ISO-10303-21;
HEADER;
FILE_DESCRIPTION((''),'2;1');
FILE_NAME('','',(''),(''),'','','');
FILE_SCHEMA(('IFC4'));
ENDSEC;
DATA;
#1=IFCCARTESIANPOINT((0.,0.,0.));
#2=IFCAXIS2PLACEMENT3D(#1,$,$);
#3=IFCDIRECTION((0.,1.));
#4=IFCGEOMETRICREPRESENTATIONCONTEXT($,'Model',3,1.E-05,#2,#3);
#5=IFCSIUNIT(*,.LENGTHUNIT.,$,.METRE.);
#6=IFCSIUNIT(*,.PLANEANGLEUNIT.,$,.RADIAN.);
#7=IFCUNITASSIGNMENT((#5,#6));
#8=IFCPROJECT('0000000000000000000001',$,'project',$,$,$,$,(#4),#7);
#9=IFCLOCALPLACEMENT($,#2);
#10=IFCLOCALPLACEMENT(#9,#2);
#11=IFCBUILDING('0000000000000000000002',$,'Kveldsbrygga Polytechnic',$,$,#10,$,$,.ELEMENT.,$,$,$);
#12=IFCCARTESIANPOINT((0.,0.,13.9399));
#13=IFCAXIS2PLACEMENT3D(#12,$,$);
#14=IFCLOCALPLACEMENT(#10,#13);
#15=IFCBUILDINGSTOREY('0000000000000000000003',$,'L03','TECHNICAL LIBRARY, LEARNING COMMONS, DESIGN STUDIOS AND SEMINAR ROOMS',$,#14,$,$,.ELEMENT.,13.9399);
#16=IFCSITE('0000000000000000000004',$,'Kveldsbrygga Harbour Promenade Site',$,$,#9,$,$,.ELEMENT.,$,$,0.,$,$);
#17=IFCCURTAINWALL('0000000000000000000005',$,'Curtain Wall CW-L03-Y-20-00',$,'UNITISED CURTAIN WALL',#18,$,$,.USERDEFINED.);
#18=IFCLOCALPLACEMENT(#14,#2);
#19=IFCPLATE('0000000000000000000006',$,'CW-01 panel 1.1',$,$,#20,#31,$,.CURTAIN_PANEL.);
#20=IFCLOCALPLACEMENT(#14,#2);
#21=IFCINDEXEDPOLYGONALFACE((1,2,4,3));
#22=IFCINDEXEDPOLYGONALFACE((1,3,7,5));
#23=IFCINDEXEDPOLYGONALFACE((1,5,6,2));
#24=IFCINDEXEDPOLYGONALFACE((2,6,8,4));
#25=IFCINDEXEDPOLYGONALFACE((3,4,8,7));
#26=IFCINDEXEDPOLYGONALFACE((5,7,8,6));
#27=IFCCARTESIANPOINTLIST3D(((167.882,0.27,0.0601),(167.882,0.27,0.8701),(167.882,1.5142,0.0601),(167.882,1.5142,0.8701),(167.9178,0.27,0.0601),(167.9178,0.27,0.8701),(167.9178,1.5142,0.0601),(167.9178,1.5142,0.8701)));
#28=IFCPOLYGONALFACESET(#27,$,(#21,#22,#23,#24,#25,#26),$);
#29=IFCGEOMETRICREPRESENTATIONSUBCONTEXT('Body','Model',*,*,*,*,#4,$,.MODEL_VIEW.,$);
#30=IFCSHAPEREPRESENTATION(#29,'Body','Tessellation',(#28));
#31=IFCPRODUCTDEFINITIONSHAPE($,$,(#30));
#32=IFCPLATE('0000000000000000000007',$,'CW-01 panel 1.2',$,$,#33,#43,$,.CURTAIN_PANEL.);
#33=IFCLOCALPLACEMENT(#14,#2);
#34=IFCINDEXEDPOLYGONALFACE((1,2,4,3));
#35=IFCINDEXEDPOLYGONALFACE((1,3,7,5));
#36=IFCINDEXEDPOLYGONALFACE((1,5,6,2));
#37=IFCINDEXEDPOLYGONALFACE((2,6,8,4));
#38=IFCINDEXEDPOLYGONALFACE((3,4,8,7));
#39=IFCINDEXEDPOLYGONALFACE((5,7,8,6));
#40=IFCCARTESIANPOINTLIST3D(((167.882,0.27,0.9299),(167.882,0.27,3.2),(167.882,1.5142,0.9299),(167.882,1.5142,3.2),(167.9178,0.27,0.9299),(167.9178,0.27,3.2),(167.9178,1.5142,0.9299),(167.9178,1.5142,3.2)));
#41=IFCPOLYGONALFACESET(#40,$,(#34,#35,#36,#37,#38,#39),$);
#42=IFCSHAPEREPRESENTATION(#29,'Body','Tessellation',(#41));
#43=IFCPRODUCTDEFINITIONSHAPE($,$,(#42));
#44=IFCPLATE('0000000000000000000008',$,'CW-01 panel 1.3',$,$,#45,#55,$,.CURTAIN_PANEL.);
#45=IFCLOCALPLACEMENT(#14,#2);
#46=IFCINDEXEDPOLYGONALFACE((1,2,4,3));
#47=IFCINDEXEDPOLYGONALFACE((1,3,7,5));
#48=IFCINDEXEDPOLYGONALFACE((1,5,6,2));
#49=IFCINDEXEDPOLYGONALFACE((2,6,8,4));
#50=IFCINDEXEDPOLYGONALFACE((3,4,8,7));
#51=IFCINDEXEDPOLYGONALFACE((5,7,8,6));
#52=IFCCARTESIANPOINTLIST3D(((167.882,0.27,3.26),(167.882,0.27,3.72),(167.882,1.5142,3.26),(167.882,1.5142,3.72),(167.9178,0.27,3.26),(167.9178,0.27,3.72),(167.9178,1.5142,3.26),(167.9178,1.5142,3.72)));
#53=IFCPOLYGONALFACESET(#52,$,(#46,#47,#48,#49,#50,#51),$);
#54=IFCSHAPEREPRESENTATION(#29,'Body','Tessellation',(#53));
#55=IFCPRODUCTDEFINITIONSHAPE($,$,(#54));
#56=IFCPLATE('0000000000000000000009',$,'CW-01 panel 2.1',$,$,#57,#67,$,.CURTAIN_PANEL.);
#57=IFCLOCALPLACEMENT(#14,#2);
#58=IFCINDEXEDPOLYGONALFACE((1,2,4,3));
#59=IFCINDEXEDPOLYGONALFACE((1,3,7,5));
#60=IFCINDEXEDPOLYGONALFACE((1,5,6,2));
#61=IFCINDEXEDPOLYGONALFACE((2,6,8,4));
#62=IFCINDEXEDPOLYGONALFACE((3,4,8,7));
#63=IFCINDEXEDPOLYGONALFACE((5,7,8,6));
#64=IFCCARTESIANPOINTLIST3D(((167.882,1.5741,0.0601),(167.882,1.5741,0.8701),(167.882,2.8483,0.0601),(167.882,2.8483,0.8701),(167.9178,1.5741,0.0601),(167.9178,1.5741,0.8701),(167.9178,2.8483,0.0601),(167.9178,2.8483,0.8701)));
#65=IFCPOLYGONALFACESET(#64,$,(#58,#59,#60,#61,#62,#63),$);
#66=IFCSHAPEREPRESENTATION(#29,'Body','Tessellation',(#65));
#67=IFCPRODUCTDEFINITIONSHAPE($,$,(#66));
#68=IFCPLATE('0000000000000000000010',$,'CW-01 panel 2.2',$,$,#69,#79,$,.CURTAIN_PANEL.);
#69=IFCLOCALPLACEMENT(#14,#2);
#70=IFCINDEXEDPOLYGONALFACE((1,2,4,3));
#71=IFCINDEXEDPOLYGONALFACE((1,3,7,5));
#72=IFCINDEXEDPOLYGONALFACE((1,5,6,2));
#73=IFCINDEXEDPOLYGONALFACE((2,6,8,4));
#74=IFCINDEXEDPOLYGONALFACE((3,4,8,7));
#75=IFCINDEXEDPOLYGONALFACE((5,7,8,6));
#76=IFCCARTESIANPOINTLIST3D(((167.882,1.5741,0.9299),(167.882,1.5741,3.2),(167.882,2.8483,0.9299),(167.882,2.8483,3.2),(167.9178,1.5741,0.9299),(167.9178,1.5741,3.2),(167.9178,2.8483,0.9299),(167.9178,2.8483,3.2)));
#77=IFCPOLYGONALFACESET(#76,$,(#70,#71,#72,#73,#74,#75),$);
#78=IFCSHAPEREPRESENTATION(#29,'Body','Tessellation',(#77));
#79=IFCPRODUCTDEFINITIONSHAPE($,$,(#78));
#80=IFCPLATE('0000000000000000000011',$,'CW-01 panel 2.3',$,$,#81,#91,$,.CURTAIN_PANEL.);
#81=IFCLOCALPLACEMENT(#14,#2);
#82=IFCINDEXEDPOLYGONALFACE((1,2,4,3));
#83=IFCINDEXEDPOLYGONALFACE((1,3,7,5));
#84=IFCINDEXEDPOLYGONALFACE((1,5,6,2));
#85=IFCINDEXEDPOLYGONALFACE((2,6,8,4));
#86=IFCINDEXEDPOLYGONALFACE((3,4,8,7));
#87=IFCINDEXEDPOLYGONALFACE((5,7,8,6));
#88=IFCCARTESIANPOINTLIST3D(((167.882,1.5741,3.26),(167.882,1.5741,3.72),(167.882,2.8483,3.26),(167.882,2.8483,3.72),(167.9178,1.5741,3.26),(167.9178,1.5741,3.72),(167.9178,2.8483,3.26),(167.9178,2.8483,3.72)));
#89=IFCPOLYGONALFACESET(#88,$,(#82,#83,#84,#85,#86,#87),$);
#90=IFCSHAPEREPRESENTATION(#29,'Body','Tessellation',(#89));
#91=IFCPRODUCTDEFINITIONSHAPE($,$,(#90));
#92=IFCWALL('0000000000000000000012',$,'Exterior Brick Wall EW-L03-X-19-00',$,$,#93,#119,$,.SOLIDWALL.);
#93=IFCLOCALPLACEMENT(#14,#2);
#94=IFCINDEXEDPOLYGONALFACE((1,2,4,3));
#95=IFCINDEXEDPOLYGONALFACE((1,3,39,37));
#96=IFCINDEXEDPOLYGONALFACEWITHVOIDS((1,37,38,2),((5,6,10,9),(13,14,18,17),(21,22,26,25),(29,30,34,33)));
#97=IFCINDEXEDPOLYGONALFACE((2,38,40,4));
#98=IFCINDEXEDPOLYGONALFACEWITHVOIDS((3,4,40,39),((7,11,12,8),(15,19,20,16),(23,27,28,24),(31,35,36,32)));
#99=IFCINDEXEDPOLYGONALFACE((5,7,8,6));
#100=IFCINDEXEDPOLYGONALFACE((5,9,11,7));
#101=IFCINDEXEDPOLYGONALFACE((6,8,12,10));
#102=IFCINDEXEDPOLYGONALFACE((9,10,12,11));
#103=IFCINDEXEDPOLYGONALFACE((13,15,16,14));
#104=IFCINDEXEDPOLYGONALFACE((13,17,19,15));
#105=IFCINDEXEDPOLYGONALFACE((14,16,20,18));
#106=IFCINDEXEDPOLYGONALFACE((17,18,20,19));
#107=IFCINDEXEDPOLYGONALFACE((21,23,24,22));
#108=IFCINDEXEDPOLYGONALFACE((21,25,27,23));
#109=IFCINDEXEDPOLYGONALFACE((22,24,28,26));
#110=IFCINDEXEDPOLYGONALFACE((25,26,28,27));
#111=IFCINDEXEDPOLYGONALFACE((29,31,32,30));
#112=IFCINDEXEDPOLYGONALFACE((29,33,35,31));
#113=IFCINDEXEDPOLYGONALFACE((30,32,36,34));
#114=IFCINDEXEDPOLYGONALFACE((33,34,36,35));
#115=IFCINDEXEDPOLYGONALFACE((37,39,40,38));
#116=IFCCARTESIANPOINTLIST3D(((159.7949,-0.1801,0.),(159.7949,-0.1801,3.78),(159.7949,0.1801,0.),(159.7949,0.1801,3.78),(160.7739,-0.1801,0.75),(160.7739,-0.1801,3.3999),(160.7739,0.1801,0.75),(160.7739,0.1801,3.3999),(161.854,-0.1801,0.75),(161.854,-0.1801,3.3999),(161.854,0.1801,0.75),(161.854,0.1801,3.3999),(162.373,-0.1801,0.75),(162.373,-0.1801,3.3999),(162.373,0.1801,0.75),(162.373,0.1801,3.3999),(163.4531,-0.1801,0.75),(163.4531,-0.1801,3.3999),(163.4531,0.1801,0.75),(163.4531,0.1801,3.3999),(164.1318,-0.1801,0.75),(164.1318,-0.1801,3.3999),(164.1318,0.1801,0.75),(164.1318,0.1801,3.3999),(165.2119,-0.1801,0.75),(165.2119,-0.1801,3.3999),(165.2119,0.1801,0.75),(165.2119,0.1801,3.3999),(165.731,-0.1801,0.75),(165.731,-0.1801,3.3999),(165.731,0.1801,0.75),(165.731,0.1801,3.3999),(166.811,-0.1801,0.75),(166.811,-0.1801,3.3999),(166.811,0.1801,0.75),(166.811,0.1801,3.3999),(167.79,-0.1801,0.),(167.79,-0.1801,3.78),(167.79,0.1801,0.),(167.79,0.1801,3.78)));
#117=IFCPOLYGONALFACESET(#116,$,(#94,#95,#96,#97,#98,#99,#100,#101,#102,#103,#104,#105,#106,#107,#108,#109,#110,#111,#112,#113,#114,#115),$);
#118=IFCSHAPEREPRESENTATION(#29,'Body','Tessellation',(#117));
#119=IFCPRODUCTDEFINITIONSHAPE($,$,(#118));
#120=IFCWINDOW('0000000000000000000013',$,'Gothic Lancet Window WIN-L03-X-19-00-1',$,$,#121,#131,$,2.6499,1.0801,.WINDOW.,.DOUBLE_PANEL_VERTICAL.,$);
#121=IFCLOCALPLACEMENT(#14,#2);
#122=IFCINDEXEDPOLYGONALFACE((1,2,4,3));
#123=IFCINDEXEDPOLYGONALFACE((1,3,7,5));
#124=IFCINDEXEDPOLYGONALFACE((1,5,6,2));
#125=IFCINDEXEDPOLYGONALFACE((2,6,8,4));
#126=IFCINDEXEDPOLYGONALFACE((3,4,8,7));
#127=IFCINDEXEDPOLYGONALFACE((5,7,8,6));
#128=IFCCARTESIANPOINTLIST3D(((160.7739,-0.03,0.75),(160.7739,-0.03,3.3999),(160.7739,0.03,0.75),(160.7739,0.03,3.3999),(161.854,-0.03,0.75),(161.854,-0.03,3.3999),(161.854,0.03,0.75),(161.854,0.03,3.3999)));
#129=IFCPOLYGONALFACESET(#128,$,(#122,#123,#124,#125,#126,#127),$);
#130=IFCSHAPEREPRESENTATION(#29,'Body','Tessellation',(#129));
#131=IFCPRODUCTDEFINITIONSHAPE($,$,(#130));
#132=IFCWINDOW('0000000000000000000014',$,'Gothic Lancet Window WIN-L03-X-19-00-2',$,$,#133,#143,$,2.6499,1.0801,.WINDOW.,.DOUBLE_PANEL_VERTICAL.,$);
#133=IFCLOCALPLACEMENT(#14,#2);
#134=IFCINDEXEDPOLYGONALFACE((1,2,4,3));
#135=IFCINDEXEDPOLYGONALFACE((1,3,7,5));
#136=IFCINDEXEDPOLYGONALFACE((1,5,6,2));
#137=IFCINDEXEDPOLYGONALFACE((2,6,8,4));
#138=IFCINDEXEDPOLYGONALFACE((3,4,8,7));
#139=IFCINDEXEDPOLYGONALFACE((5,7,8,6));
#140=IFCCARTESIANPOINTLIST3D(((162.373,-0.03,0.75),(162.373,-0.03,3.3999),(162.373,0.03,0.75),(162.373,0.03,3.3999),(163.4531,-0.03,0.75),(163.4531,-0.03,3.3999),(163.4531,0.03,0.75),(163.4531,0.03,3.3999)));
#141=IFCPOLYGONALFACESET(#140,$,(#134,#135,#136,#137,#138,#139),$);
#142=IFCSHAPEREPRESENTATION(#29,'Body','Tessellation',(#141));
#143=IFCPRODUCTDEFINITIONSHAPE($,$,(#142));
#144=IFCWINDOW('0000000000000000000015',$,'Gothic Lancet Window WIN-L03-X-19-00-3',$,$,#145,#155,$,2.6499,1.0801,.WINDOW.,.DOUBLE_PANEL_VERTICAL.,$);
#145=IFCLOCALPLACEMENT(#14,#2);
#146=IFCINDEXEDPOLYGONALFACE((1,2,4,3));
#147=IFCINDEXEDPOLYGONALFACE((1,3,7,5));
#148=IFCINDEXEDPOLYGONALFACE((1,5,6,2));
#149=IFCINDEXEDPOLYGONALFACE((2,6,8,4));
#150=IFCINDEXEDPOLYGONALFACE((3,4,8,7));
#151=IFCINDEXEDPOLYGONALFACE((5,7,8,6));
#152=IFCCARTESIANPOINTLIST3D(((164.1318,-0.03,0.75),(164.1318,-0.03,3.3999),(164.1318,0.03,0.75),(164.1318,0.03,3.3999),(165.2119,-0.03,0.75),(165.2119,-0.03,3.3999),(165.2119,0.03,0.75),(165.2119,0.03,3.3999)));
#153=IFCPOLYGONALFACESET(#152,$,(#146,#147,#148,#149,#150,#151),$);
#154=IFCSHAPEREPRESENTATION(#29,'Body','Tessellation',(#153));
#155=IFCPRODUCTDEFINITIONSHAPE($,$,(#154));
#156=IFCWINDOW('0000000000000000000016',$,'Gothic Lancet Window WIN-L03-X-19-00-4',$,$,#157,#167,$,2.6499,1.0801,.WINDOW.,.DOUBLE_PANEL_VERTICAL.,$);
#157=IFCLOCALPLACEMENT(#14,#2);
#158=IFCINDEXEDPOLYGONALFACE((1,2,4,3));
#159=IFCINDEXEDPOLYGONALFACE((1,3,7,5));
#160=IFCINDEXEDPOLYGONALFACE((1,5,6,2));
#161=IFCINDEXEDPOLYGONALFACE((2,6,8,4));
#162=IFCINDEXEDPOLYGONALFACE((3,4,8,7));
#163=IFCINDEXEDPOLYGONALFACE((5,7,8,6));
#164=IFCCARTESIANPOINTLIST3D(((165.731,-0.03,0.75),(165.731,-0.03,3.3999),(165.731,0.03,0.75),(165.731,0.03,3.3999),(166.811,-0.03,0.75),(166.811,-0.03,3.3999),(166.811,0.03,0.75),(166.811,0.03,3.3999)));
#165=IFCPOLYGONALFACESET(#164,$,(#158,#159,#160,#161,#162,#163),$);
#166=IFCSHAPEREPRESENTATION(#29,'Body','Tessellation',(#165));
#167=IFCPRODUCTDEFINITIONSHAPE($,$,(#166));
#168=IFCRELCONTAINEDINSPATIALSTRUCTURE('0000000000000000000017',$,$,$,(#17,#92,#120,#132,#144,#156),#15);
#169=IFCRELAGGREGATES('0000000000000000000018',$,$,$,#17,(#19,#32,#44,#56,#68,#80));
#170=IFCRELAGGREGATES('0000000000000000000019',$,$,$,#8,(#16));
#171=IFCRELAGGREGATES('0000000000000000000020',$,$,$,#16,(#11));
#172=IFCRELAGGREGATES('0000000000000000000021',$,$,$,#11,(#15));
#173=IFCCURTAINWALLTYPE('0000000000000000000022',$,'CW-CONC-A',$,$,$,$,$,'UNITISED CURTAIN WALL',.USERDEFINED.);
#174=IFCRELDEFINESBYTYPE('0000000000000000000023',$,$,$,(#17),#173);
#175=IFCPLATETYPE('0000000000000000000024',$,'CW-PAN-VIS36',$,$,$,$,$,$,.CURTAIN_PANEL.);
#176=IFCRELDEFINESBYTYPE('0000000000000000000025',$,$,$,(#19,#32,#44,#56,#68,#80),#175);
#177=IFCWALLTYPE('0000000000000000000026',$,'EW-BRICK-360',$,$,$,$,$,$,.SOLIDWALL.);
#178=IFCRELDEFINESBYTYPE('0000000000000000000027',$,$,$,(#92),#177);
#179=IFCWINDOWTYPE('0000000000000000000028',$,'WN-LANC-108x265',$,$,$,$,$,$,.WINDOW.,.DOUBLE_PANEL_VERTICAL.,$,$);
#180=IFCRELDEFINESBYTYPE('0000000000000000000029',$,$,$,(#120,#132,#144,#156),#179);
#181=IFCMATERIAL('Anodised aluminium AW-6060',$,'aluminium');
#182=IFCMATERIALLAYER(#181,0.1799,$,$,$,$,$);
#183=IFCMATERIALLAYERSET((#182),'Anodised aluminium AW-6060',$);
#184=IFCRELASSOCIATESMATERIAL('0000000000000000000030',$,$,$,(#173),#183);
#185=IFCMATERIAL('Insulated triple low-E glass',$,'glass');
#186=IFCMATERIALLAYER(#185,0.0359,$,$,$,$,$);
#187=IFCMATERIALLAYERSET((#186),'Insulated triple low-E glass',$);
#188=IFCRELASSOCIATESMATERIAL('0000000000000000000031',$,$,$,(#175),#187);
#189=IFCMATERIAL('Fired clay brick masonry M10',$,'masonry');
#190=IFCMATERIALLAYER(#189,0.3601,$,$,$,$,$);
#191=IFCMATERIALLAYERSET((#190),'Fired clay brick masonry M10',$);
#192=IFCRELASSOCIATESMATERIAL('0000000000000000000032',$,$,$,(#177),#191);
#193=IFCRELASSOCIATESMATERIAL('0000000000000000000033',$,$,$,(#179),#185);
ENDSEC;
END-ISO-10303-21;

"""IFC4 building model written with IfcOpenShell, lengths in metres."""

from ifc_helpers import new_model, si_unit, direction, frame, frame_2d, origin, origin_2d, place, context, subcontext, project, spatial, rectangle, extrude, material, layer, layer_set, type_object, element, fill, aggregate, save


model = new_model("IFC4")

# Units and contexts
model_context = context("Model", 3, precision=1e-05, world=origin(), true_north=direction((0.0, 1.0)))
body_context = subcontext(model_context, "Body", "Model", "MODEL_VIEW")
ifc_project = project(units=[si_unit("LENGTHUNIT", "METRE"), si_unit("PLANEANGLEUNIT", "RADIAN")], contexts=[model_context])

# Site, building, storey
site_placement = place(None, origin())
site = spatial("IfcSite", under=ifc_project, at=site_placement, Name="Kveldsbrygga Harbour Promenade Site", CompositionType="ELEMENT", RefElevation=0.0)
building_placement = place(site_placement, origin())
building = spatial("IfcBuilding", under=site, at=building_placement, Name="Kveldsbrygga Polytechnic", CompositionType="ELEMENT")
storey_placement = place(building_placement, frame((0.0, 0.0, 13.9399)))
storey = spatial("IfcBuildingStorey", under=building, at=storey_placement, Name="L03", Description="TECHNICAL LIBRARY, LEARNING COMMONS, DESIGN STUDIOS AND SEMINAR ROOMS", CompositionType="ELEMENT", Elevation=13.9399)

# Curtain wall
ifc_material_1 = material(Name="Anodised aluminium AW-6060", Category="aluminium")
ifc_layer_1 = layer(ifc_material_1, 0.1799)
ifc_layer_set_1 = layer_set([ifc_layer_1], Name="Anodised aluminium AW-6060")
curtain_wall_type = type_object("IfcCurtainWallType", Name="CW-CONC-A", ElementType="UNITISED CURTAIN WALL", PredefinedType="USERDEFINED", material=ifc_layer_set_1)
curtain_wall_placement = place(storey_placement, origin())
curtain_wall = element("IfcCurtainWall", 1, at=curtain_wall_placement, inside=storey, type_object=curtain_wall_type, Name="Curtain Wall CW-L03-Y-20-00", ObjectType="UNITISED CURTAIN WALL", PredefinedType="USERDEFINED")

# Plates
ifc_material_2 = material(Name="Insulated triple low-E glass", Category="glass")
ifc_layer_2 = layer(ifc_material_2, 0.0359)
ifc_layer_set_2 = layer_set([ifc_layer_2], Name="Insulated triple low-E glass")
plate_type = type_object("IfcPlateType", Name="CW-PAN-VIS36", PredefinedType="CURTAIN_PANEL", material=ifc_layer_set_2)
plate_1_placement = place(storey_placement, frame((167.8999, 0.8921, 0.0601), z_axis=(0.0, 0.0, 1.0), x_axis=(0.0, 1.0, 0.0)))
plate_1 = element("IfcPlate", 2, at=plate_1_placement, type_object=plate_type, Name="CW-01 panel 1.1", PredefinedType="CURTAIN_PANEL", context=body_context, shape_type="SweptSolid", body=[
    extrude(rectangle(XDim=1.2441, YDim=0.0359, at=origin_2d()), origin(), (0.0, 0.0, 1.0), 0.8101),
])
plate_2_placement = place(storey_placement, frame((167.8999, 0.8921, 0.9299), z_axis=(0.0, 0.0, 1.0), x_axis=(0.0, 1.0, 0.0)))
plate_2 = element("IfcPlate", 3, at=plate_2_placement, type_object=plate_type, Name="CW-01 panel 1.2", PredefinedType="CURTAIN_PANEL", context=body_context, shape_type="SweptSolid", body=[
    extrude(rectangle(XDim=1.2441, YDim=0.0359, at=origin_2d()), origin(), (0.0, 0.0, 1.0), 2.27),
])
plate_3_placement = place(storey_placement, frame((167.8999, 0.8921, 3.26), z_axis=(0.0, 0.0, 1.0), x_axis=(0.0, 1.0, 0.0)))
plate_3 = element("IfcPlate", 4, at=plate_3_placement, type_object=plate_type, Name="CW-01 panel 1.3", PredefinedType="CURTAIN_PANEL", context=body_context, shape_type="SweptSolid", body=[
    extrude(rectangle(XDim=1.2441, YDim=0.0359, at=origin_2d()), origin(), (0.0, 0.0, 1.0), 0.46),
])
plate_4_placement = place(storey_placement, frame((167.8999, 2.2112, 0.0601), z_axis=(0.0, 0.0, 1.0), x_axis=(0.0, 1.0, 0.0)))
plate_4 = element("IfcPlate", 5, at=plate_4_placement, type_object=plate_type, Name="CW-01 panel 2.1", PredefinedType="CURTAIN_PANEL", context=body_context, shape_type="SweptSolid", body=[
    extrude(rectangle(XDim=1.2742, YDim=0.0359, at=origin_2d()), origin(), (0.0, 0.0, 1.0), 0.8101),
])
plate_5_placement = place(storey_placement, frame((167.8999, 2.2112, 0.9299), z_axis=(0.0, 0.0, 1.0), x_axis=(0.0, 1.0, 0.0)))
plate_5 = element("IfcPlate", 6, at=plate_5_placement, type_object=plate_type, Name="CW-01 panel 2.2", PredefinedType="CURTAIN_PANEL", context=body_context, shape_type="SweptSolid", body=[
    extrude(rectangle(XDim=1.2742, YDim=0.0359, at=origin_2d()), origin(), (0.0, 0.0, 1.0), 2.27),
])
plate_6_placement = place(storey_placement, frame((167.8999, 2.2112, 3.26), z_axis=(0.0, 0.0, 1.0), x_axis=(0.0, 1.0, 0.0)))
plate_6 = element("IfcPlate", 7, at=plate_6_placement, type_object=plate_type, Name="CW-01 panel 2.3", PredefinedType="CURTAIN_PANEL", context=body_context, shape_type="SweptSolid", body=[
    extrude(rectangle(XDim=1.2742, YDim=0.0359, at=origin_2d()), origin(), (0.0, 0.0, 1.0), 0.46),
])
aggregate(curtain_wall, [plate_1, plate_2, plate_3, plate_4, plate_5, plate_6])

# Wall, openings, windows
ifc_material_3 = material(Name="Fired clay brick masonry M10", Category="masonry")
ifc_layer_3 = layer(ifc_material_3, 0.3601)
ifc_layer_set_3 = layer_set([ifc_layer_3], Name="Fired clay brick masonry M10")
wall_type = type_object("IfcWallType", Name="EW-BRICK-360", PredefinedType="SOLIDWALL", material=ifc_layer_set_3)
wall_placement = place(storey_placement, frame((159.7949, 0.0, 0.0), z_axis=(0.0, 0.0, 1.0), x_axis=(1.0, 0.0, 0.0)))
wall = element("IfcWall", 8, at=wall_placement, inside=storey, type_object=wall_type, Name="Exterior Brick Wall EW-L03-X-19-00", PredefinedType="SOLIDWALL", context=body_context, shape_type="SweptSolid", body=[
    extrude(rectangle(XDim=7.9951, YDim=0.3601, at=frame_2d((3.9976, 0.0))), origin(), (0.0, 0.0, 1.0), 3.78),
])
opening_1_placement = place(wall_placement, frame((0.979, 0.0, 0.75)))
opening_1 = element("IfcOpeningElement", 9, at=opening_1_placement, cuts=wall, PredefinedType="OPENING", context=body_context, shape_type="SweptSolid", body=[
    extrude(rectangle(XDim=1.0801, YDim=2.6499, at=frame_2d((0.54, 1.325))), frame((0.0, 0.1899, 0.0), z_axis=(0.0, -1.0, 0.0), x_axis=(1.0, 0.0, 0.0)), (0.0, 0.0, 1.0), 0.3801),
])
opening_2_placement = place(wall_placement, frame((2.5781, 0.0, 0.75)))
opening_2 = element("IfcOpeningElement", 10, at=opening_2_placement, cuts=wall, PredefinedType="OPENING", context=body_context, shape_type="SweptSolid", body=[
    extrude(rectangle(XDim=1.0801, YDim=2.6499, at=frame_2d((0.54, 1.325))), frame((0.0, 0.1899, 0.0), z_axis=(0.0, -1.0, 0.0), x_axis=(1.0, 0.0, 0.0)), (0.0, 0.0, 1.0), 0.3801),
])
opening_3_placement = place(wall_placement, frame((4.3369, 0.0, 0.75)))
opening_3 = element("IfcOpeningElement", 11, at=opening_3_placement, cuts=wall, PredefinedType="OPENING", context=body_context, shape_type="SweptSolid", body=[
    extrude(rectangle(XDim=1.0801, YDim=2.6499, at=frame_2d((0.54, 1.325))), frame((0.0, 0.1899, 0.0), z_axis=(0.0, -1.0, 0.0), x_axis=(1.0, 0.0, 0.0)), (0.0, 0.0, 1.0), 0.3801),
])
opening_4_placement = place(wall_placement, frame((5.936, 0.0, 0.75)))
opening_4 = element("IfcOpeningElement", 12, at=opening_4_placement, cuts=wall, PredefinedType="OPENING", context=body_context, shape_type="SweptSolid", body=[
    extrude(rectangle(XDim=1.0801, YDim=2.6499, at=frame_2d((0.54, 1.325))), frame((0.0, 0.1899, 0.0), z_axis=(0.0, -1.0, 0.0), x_axis=(1.0, 0.0, 0.0)), (0.0, 0.0, 1.0), 0.3801),
])
window_type = type_object("IfcWindowType", Name="WN-LANC-108x265", PartitioningType="DOUBLE_PANEL_VERTICAL", PredefinedType="WINDOW", material=ifc_material_2)
window_1_placement = place(opening_1_placement, origin())
window_1 = element("IfcWindow", 13, at=window_1_placement, inside=storey, type_object=window_type, Name="Gothic Lancet Window WIN-L03-X-19-00-1", OverallHeight=2.6499, OverallWidth=1.0801, PartitioningType="DOUBLE_PANEL_VERTICAL", PredefinedType="WINDOW", context=body_context, shape_type="SweptSolid", body=[
    extrude(rectangle(XDim=1.0801, YDim=2.6499, at=frame_2d((0.54, 1.325))), frame((0.0, 0.03, 0.0), z_axis=(0.0, -1.0, 0.0), x_axis=(1.0, 0.0, 0.0)), (0.0, 0.0, 1.0), 0.0601),
])
fill(opening_1, window_1)
window_2_placement = place(opening_2_placement, origin())
window_2 = element("IfcWindow", 14, at=window_2_placement, inside=storey, type_object=window_type, Name="Gothic Lancet Window WIN-L03-X-19-00-2", OverallHeight=2.6499, OverallWidth=1.0801, PartitioningType="DOUBLE_PANEL_VERTICAL", PredefinedType="WINDOW", context=body_context, shape_type="SweptSolid", body=[
    extrude(rectangle(XDim=1.0801, YDim=2.6499, at=frame_2d((0.54, 1.325))), frame((0.0, 0.03, 0.0), z_axis=(0.0, -1.0, 0.0), x_axis=(1.0, 0.0, 0.0)), (0.0, 0.0, 1.0), 0.0601),
])
fill(opening_2, window_2)
window_3_placement = place(opening_3_placement, origin())
window_3 = element("IfcWindow", 15, at=window_3_placement, inside=storey, type_object=window_type, Name="Gothic Lancet Window WIN-L03-X-19-00-3", OverallHeight=2.6499, OverallWidth=1.0801, PartitioningType="DOUBLE_PANEL_VERTICAL", PredefinedType="WINDOW", context=body_context, shape_type="SweptSolid", body=[
    extrude(rectangle(XDim=1.0801, YDim=2.6499, at=frame_2d((0.54, 1.325))), frame((0.0, 0.03, 0.0), z_axis=(0.0, -1.0, 0.0), x_axis=(1.0, 0.0, 0.0)), (0.0, 0.0, 1.0), 0.0601),
])
fill(opening_3, window_3)
window_4_placement = place(opening_4_placement, origin())
window_4 = element("IfcWindow", 16, at=window_4_placement, inside=storey, type_object=window_type, Name="Gothic Lancet Window WIN-L03-X-19-00-4", OverallHeight=2.6499, OverallWidth=1.0801, PartitioningType="DOUBLE_PANEL_VERTICAL", PredefinedType="WINDOW", context=body_context, shape_type="SweptSolid", body=[
    extrude(rectangle(XDim=1.0801, YDim=2.6499, at=frame_2d((0.54, 1.325))), frame((0.0, 0.03, 0.0), z_axis=(0.0, -1.0, 0.0), x_axis=(1.0, 0.0, 0.0)), (0.0, 0.0, 1.0), 0.0601),
])
fill(opening_4, window_4)

save(model, "model.ifc")
